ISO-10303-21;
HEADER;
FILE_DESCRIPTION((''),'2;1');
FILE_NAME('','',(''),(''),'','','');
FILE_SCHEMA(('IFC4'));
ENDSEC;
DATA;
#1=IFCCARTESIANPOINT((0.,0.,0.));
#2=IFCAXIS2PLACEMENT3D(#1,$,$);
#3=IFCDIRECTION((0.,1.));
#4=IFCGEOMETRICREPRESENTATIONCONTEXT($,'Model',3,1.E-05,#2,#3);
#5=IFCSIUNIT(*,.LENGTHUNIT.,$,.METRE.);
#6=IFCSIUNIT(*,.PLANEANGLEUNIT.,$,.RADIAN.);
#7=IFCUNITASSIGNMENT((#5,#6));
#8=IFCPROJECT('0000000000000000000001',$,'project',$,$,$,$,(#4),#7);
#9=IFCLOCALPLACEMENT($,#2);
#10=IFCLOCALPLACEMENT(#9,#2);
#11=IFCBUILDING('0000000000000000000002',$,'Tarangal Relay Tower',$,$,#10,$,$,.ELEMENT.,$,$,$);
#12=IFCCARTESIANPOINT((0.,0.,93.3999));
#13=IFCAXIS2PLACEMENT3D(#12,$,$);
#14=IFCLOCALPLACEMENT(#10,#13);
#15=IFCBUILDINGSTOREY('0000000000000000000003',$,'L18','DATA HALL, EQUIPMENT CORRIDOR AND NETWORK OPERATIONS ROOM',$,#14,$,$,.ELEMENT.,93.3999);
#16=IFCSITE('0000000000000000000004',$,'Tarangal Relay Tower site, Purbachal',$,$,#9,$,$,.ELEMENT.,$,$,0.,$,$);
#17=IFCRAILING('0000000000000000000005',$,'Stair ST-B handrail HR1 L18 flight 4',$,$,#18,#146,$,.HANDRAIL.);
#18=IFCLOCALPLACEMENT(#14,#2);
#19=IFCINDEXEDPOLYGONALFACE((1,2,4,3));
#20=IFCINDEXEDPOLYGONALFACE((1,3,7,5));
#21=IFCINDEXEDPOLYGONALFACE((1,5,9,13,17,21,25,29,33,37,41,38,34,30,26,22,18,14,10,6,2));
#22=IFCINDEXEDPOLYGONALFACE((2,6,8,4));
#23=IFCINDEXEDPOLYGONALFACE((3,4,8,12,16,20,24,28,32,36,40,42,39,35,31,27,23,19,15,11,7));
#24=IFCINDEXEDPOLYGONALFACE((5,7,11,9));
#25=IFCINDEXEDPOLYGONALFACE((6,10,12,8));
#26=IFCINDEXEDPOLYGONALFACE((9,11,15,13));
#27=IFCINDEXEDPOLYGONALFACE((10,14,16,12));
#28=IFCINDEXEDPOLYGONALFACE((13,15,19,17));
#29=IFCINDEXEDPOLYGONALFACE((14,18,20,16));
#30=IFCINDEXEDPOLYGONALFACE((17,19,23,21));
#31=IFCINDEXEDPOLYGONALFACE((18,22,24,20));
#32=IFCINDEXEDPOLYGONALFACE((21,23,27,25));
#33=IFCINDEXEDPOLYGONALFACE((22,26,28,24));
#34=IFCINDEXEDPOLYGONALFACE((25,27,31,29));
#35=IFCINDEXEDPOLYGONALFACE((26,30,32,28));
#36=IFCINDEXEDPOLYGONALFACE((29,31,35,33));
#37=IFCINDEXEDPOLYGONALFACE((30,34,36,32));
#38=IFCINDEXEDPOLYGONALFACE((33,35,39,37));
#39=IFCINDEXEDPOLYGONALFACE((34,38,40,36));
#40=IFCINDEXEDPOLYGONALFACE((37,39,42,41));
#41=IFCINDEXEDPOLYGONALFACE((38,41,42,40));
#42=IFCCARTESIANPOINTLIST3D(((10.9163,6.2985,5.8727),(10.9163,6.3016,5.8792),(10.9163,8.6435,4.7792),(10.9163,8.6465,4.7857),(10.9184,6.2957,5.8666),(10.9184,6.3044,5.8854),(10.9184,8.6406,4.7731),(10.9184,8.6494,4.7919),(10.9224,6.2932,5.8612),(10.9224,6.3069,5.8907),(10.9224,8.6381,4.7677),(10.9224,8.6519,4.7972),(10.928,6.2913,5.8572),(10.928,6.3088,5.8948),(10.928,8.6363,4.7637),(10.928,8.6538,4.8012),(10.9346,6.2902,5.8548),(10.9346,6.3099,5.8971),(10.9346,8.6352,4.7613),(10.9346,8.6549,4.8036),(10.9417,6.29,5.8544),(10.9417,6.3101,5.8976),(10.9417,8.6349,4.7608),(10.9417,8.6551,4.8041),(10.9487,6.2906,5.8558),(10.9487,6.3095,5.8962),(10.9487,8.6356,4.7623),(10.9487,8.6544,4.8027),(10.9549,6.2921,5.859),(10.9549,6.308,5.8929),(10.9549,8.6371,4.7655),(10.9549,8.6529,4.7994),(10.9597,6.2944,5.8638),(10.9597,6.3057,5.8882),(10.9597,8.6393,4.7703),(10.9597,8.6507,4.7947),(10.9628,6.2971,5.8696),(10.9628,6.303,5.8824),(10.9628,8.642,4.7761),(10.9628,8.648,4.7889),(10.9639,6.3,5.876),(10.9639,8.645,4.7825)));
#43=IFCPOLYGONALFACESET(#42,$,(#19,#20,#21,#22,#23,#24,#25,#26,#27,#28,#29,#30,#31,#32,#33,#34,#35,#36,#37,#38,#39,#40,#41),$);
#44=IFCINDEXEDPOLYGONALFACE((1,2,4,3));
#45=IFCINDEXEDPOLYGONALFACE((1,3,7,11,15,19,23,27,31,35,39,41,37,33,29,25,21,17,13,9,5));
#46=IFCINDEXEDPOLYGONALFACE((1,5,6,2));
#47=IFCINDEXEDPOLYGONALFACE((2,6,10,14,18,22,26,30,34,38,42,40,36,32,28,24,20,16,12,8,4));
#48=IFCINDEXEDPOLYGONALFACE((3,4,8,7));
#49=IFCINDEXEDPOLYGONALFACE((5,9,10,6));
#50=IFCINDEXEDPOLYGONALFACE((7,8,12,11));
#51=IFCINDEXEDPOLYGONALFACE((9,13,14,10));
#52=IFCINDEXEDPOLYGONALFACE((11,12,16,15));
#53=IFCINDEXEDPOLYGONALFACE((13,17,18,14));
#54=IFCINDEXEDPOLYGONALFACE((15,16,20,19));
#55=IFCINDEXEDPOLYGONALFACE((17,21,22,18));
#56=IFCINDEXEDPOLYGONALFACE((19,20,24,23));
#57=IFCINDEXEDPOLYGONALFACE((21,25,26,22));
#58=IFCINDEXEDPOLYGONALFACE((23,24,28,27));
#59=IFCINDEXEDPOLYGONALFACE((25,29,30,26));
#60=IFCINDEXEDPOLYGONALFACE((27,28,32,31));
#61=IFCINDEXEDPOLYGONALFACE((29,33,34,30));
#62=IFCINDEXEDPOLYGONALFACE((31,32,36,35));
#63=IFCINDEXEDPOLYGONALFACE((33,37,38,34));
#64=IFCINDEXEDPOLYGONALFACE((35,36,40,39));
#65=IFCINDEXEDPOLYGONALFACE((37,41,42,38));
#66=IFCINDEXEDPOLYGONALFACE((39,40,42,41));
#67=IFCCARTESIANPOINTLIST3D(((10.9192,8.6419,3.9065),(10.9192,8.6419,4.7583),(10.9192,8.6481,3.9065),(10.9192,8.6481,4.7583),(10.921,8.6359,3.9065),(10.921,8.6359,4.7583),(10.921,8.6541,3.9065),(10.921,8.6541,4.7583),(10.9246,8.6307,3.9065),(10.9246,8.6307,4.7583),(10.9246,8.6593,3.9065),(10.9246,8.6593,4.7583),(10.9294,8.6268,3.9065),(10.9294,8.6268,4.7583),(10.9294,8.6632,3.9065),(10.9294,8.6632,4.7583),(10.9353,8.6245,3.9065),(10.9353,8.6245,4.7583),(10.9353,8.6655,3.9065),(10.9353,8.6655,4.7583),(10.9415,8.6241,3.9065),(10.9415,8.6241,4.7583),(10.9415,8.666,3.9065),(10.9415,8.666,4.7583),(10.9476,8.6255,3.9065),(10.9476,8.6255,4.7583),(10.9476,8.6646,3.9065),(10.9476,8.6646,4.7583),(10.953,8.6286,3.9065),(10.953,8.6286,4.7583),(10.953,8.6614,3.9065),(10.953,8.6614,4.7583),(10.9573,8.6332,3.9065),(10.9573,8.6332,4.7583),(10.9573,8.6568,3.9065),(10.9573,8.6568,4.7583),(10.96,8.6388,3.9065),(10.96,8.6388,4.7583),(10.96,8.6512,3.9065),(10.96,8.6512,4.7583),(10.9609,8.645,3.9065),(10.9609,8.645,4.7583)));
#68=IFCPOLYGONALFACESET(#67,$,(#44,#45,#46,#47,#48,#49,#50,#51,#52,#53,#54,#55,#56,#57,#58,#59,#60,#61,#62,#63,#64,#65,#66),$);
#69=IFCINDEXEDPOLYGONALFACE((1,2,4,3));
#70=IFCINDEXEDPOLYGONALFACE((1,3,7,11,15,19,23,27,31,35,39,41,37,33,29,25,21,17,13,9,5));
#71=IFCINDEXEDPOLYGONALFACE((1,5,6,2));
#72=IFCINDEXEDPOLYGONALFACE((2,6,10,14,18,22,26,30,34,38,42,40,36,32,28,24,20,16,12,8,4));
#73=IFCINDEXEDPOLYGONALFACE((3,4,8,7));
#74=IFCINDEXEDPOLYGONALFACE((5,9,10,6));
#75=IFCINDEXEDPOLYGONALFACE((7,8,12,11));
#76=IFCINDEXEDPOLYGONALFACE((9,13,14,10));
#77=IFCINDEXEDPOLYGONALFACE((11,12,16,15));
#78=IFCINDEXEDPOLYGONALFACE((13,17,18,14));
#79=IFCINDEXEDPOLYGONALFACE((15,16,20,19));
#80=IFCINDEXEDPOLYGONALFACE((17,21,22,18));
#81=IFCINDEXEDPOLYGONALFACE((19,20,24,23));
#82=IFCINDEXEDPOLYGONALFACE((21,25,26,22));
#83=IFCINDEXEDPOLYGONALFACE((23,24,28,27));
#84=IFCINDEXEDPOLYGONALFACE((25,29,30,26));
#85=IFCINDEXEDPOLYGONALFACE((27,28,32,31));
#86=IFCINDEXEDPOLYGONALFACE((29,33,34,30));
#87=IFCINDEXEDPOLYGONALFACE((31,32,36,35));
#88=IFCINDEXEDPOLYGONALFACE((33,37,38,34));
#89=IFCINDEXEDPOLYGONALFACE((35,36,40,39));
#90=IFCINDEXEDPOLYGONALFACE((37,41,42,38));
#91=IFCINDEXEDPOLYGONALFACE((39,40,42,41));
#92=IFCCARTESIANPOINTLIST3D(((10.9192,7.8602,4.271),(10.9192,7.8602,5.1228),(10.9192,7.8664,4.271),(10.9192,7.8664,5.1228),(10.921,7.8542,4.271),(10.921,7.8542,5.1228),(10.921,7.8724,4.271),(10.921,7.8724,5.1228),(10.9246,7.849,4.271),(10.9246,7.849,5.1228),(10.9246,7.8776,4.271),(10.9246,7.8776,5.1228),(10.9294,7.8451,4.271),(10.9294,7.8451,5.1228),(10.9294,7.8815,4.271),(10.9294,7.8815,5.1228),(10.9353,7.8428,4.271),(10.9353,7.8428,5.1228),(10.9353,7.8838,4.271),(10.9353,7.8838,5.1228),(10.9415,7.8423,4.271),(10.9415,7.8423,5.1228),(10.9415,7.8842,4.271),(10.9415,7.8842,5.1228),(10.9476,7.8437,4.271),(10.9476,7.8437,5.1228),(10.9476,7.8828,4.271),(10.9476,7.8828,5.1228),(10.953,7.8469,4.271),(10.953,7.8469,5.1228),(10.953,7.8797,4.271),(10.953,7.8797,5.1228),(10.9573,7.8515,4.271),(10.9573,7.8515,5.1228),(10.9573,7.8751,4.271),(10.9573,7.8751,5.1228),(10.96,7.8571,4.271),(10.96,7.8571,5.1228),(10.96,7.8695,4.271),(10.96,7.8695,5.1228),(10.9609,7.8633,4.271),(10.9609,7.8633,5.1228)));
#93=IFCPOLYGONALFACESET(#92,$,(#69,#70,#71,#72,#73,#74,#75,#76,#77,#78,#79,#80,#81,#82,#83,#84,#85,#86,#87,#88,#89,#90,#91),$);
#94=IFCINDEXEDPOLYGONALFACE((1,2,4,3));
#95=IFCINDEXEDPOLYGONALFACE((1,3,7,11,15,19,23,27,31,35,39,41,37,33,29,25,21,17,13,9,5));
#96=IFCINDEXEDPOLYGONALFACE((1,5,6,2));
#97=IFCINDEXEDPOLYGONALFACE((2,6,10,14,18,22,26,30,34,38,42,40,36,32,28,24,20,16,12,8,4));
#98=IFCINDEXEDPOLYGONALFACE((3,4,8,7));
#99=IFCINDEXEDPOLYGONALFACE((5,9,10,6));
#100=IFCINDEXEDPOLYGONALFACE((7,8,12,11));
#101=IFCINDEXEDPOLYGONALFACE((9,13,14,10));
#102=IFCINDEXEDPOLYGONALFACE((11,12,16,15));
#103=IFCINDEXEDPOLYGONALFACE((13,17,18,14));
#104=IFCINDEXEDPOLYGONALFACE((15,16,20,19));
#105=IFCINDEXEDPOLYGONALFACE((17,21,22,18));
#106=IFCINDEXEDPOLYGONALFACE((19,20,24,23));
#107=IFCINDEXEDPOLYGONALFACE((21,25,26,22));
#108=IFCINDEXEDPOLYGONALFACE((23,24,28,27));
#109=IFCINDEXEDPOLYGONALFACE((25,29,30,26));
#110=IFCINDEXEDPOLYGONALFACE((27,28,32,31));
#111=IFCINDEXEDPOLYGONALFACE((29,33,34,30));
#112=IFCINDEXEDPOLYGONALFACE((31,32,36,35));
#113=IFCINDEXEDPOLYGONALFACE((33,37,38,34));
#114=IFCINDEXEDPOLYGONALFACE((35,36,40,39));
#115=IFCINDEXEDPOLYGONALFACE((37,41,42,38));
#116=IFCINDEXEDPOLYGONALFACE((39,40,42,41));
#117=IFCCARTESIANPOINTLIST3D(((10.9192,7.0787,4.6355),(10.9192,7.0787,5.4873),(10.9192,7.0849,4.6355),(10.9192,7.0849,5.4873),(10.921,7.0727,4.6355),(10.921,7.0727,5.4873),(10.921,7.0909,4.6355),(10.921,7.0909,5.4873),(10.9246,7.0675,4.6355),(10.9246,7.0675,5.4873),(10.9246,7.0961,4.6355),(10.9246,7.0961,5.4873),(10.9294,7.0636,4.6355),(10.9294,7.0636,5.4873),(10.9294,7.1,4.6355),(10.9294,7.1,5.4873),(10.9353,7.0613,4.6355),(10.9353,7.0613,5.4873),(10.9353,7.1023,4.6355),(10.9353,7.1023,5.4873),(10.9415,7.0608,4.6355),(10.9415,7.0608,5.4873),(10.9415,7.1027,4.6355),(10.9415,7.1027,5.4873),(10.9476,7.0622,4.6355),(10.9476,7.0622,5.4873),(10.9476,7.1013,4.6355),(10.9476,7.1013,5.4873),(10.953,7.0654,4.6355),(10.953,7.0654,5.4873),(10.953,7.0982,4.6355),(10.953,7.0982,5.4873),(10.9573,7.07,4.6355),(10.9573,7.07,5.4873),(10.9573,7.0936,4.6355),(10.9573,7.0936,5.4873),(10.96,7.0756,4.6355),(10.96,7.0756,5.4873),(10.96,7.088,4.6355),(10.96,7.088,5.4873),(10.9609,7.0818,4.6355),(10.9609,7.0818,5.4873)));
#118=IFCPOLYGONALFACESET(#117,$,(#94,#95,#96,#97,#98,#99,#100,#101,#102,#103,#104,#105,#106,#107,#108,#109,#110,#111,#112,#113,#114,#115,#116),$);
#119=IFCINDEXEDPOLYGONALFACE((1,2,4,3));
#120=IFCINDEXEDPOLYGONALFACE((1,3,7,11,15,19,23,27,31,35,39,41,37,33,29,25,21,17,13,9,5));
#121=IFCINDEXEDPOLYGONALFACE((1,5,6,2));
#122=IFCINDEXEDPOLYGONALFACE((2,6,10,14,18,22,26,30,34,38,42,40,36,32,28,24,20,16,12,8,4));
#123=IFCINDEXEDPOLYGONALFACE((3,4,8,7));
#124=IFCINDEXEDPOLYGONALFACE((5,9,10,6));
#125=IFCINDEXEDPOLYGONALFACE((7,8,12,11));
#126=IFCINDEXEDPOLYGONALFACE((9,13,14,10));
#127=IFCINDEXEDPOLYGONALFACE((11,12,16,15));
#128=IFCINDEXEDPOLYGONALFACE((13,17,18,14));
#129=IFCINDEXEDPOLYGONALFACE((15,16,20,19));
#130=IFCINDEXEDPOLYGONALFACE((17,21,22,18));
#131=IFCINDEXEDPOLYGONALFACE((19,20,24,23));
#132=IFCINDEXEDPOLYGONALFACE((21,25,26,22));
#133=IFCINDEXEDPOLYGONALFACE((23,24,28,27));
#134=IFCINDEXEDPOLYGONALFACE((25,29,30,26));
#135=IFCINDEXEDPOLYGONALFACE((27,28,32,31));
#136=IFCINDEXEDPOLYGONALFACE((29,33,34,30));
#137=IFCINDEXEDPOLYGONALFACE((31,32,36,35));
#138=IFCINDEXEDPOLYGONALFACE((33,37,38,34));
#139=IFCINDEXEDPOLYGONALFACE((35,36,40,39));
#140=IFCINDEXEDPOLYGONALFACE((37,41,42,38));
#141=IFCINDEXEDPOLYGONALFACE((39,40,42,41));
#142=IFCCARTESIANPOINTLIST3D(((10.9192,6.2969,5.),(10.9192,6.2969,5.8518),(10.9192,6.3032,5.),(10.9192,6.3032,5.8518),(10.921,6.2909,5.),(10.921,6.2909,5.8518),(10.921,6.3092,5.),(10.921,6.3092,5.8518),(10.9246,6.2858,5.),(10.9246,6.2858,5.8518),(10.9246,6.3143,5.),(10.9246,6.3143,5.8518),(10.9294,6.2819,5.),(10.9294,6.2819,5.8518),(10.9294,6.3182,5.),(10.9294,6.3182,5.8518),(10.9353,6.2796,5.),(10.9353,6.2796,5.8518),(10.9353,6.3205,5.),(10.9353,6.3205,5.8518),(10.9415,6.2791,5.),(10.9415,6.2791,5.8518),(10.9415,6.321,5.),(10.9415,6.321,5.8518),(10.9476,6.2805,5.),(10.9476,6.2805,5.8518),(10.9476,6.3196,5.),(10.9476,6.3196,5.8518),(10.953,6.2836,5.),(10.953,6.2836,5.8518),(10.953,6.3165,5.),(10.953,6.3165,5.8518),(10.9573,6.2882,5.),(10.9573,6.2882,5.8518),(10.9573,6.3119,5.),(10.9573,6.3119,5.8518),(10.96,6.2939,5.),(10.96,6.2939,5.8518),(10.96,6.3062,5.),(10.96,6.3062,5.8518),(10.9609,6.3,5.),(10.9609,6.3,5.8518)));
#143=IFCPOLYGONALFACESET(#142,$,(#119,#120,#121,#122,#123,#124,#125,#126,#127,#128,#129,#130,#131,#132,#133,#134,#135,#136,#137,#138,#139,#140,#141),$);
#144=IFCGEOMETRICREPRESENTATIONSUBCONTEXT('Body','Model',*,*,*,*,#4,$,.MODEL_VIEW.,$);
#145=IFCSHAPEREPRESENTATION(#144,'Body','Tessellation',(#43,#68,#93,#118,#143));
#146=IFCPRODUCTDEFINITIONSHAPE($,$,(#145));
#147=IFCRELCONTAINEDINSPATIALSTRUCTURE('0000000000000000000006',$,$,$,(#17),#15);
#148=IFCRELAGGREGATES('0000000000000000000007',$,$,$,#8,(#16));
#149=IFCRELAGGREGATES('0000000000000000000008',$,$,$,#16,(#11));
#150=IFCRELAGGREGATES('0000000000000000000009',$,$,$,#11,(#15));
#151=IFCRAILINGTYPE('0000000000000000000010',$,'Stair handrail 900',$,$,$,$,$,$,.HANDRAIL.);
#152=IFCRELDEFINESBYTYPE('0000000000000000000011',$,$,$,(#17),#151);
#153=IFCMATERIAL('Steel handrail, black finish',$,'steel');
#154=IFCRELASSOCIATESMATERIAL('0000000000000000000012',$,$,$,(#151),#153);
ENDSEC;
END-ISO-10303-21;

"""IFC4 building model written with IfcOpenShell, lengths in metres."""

from ifc_helpers import new_model, si_unit, direction, frame, origin, origin_2d, place, context, subcontext, project, spatial, circle, extrude, material, type_object, element, save


model = new_model("IFC4")

# Units and contexts
model_context = context("Model", 3, precision=1e-05, world=origin(), true_north=direction((0.0, 1.0)))
body_context = subcontext(model_context, "Body", "Model", "MODEL_VIEW")
ifc_project = project(units=[si_unit("LENGTHUNIT", "METRE"), si_unit("PLANEANGLEUNIT", "RADIAN")], contexts=[model_context])

# Site, building, storey
site_placement = place(None, origin())
site = spatial("IfcSite", under=ifc_project, at=site_placement, Name="Tarangal Relay Tower site, Purbachal", CompositionType="ELEMENT", RefElevation=0.0)
building_placement = place(site_placement, origin())
building = spatial("IfcBuilding", under=site, at=building_placement, Name="Tarangal Relay Tower", CompositionType="ELEMENT")
storey_placement = place(building_placement, frame((0.0, 0.0, 93.3999)))
storey = spatial("IfcBuildingStorey", under=building, at=storey_placement, Name="L18", Description="DATA HALL, EQUIPMENT CORRIDOR AND NETWORK OPERATIONS ROOM", CompositionType="ELEMENT", Elevation=93.3999)

# Railing
ifc_material_1 = material(Name="Steel handrail, black finish", Category="steel")
railing_type_1 = type_object("IfcRailingType", Name="Stair handrail 900", PredefinedType="HANDRAIL", material=ifc_material_1)
for number, where, name in (
    (1, (10.9399, 8.645, 3.9065), "Stair ST-B handrail HR1 L18 flight 4"),
):
    element("IfcRailing", number, at=place(storey_placement, frame(where)), inside=storey, type_object=railing_type_1, Name=name, PredefinedType="HANDRAIL", context=body_context, shape_type="SweptSolid", body=[
        extrude(circle(Radius=0.0239, at=origin_2d()), frame((0.0, 0.0, 0.876), z_axis=(0.0, -0.906304, 0.422627), x_axis=(1.0, 0.0, 0.0)), (0.0, 0.0, 1.0), 2.5874),
        extrude(circle(Radius=0.021, at=origin_2d()), origin(), (0.0, 0.0, 1.0), 0.8518),
        extrude(circle(Radius=0.021, at=origin_2d()), frame((0.0, -0.7817, 0.3645)), (0.0, 0.0, 1.0), 0.8518),
        extrude(circle(Radius=0.021, at=origin_2d()), frame((0.0, -1.5632, 0.729)), (0.0, 0.0, 1.0), 0.8518),
        extrude(circle(Radius=0.021, at=origin_2d()), frame((0.0, -2.345, 1.0935)), (0.0, 0.0, 1.0), 0.8518),
    ])

save(model, "model.ifc")
